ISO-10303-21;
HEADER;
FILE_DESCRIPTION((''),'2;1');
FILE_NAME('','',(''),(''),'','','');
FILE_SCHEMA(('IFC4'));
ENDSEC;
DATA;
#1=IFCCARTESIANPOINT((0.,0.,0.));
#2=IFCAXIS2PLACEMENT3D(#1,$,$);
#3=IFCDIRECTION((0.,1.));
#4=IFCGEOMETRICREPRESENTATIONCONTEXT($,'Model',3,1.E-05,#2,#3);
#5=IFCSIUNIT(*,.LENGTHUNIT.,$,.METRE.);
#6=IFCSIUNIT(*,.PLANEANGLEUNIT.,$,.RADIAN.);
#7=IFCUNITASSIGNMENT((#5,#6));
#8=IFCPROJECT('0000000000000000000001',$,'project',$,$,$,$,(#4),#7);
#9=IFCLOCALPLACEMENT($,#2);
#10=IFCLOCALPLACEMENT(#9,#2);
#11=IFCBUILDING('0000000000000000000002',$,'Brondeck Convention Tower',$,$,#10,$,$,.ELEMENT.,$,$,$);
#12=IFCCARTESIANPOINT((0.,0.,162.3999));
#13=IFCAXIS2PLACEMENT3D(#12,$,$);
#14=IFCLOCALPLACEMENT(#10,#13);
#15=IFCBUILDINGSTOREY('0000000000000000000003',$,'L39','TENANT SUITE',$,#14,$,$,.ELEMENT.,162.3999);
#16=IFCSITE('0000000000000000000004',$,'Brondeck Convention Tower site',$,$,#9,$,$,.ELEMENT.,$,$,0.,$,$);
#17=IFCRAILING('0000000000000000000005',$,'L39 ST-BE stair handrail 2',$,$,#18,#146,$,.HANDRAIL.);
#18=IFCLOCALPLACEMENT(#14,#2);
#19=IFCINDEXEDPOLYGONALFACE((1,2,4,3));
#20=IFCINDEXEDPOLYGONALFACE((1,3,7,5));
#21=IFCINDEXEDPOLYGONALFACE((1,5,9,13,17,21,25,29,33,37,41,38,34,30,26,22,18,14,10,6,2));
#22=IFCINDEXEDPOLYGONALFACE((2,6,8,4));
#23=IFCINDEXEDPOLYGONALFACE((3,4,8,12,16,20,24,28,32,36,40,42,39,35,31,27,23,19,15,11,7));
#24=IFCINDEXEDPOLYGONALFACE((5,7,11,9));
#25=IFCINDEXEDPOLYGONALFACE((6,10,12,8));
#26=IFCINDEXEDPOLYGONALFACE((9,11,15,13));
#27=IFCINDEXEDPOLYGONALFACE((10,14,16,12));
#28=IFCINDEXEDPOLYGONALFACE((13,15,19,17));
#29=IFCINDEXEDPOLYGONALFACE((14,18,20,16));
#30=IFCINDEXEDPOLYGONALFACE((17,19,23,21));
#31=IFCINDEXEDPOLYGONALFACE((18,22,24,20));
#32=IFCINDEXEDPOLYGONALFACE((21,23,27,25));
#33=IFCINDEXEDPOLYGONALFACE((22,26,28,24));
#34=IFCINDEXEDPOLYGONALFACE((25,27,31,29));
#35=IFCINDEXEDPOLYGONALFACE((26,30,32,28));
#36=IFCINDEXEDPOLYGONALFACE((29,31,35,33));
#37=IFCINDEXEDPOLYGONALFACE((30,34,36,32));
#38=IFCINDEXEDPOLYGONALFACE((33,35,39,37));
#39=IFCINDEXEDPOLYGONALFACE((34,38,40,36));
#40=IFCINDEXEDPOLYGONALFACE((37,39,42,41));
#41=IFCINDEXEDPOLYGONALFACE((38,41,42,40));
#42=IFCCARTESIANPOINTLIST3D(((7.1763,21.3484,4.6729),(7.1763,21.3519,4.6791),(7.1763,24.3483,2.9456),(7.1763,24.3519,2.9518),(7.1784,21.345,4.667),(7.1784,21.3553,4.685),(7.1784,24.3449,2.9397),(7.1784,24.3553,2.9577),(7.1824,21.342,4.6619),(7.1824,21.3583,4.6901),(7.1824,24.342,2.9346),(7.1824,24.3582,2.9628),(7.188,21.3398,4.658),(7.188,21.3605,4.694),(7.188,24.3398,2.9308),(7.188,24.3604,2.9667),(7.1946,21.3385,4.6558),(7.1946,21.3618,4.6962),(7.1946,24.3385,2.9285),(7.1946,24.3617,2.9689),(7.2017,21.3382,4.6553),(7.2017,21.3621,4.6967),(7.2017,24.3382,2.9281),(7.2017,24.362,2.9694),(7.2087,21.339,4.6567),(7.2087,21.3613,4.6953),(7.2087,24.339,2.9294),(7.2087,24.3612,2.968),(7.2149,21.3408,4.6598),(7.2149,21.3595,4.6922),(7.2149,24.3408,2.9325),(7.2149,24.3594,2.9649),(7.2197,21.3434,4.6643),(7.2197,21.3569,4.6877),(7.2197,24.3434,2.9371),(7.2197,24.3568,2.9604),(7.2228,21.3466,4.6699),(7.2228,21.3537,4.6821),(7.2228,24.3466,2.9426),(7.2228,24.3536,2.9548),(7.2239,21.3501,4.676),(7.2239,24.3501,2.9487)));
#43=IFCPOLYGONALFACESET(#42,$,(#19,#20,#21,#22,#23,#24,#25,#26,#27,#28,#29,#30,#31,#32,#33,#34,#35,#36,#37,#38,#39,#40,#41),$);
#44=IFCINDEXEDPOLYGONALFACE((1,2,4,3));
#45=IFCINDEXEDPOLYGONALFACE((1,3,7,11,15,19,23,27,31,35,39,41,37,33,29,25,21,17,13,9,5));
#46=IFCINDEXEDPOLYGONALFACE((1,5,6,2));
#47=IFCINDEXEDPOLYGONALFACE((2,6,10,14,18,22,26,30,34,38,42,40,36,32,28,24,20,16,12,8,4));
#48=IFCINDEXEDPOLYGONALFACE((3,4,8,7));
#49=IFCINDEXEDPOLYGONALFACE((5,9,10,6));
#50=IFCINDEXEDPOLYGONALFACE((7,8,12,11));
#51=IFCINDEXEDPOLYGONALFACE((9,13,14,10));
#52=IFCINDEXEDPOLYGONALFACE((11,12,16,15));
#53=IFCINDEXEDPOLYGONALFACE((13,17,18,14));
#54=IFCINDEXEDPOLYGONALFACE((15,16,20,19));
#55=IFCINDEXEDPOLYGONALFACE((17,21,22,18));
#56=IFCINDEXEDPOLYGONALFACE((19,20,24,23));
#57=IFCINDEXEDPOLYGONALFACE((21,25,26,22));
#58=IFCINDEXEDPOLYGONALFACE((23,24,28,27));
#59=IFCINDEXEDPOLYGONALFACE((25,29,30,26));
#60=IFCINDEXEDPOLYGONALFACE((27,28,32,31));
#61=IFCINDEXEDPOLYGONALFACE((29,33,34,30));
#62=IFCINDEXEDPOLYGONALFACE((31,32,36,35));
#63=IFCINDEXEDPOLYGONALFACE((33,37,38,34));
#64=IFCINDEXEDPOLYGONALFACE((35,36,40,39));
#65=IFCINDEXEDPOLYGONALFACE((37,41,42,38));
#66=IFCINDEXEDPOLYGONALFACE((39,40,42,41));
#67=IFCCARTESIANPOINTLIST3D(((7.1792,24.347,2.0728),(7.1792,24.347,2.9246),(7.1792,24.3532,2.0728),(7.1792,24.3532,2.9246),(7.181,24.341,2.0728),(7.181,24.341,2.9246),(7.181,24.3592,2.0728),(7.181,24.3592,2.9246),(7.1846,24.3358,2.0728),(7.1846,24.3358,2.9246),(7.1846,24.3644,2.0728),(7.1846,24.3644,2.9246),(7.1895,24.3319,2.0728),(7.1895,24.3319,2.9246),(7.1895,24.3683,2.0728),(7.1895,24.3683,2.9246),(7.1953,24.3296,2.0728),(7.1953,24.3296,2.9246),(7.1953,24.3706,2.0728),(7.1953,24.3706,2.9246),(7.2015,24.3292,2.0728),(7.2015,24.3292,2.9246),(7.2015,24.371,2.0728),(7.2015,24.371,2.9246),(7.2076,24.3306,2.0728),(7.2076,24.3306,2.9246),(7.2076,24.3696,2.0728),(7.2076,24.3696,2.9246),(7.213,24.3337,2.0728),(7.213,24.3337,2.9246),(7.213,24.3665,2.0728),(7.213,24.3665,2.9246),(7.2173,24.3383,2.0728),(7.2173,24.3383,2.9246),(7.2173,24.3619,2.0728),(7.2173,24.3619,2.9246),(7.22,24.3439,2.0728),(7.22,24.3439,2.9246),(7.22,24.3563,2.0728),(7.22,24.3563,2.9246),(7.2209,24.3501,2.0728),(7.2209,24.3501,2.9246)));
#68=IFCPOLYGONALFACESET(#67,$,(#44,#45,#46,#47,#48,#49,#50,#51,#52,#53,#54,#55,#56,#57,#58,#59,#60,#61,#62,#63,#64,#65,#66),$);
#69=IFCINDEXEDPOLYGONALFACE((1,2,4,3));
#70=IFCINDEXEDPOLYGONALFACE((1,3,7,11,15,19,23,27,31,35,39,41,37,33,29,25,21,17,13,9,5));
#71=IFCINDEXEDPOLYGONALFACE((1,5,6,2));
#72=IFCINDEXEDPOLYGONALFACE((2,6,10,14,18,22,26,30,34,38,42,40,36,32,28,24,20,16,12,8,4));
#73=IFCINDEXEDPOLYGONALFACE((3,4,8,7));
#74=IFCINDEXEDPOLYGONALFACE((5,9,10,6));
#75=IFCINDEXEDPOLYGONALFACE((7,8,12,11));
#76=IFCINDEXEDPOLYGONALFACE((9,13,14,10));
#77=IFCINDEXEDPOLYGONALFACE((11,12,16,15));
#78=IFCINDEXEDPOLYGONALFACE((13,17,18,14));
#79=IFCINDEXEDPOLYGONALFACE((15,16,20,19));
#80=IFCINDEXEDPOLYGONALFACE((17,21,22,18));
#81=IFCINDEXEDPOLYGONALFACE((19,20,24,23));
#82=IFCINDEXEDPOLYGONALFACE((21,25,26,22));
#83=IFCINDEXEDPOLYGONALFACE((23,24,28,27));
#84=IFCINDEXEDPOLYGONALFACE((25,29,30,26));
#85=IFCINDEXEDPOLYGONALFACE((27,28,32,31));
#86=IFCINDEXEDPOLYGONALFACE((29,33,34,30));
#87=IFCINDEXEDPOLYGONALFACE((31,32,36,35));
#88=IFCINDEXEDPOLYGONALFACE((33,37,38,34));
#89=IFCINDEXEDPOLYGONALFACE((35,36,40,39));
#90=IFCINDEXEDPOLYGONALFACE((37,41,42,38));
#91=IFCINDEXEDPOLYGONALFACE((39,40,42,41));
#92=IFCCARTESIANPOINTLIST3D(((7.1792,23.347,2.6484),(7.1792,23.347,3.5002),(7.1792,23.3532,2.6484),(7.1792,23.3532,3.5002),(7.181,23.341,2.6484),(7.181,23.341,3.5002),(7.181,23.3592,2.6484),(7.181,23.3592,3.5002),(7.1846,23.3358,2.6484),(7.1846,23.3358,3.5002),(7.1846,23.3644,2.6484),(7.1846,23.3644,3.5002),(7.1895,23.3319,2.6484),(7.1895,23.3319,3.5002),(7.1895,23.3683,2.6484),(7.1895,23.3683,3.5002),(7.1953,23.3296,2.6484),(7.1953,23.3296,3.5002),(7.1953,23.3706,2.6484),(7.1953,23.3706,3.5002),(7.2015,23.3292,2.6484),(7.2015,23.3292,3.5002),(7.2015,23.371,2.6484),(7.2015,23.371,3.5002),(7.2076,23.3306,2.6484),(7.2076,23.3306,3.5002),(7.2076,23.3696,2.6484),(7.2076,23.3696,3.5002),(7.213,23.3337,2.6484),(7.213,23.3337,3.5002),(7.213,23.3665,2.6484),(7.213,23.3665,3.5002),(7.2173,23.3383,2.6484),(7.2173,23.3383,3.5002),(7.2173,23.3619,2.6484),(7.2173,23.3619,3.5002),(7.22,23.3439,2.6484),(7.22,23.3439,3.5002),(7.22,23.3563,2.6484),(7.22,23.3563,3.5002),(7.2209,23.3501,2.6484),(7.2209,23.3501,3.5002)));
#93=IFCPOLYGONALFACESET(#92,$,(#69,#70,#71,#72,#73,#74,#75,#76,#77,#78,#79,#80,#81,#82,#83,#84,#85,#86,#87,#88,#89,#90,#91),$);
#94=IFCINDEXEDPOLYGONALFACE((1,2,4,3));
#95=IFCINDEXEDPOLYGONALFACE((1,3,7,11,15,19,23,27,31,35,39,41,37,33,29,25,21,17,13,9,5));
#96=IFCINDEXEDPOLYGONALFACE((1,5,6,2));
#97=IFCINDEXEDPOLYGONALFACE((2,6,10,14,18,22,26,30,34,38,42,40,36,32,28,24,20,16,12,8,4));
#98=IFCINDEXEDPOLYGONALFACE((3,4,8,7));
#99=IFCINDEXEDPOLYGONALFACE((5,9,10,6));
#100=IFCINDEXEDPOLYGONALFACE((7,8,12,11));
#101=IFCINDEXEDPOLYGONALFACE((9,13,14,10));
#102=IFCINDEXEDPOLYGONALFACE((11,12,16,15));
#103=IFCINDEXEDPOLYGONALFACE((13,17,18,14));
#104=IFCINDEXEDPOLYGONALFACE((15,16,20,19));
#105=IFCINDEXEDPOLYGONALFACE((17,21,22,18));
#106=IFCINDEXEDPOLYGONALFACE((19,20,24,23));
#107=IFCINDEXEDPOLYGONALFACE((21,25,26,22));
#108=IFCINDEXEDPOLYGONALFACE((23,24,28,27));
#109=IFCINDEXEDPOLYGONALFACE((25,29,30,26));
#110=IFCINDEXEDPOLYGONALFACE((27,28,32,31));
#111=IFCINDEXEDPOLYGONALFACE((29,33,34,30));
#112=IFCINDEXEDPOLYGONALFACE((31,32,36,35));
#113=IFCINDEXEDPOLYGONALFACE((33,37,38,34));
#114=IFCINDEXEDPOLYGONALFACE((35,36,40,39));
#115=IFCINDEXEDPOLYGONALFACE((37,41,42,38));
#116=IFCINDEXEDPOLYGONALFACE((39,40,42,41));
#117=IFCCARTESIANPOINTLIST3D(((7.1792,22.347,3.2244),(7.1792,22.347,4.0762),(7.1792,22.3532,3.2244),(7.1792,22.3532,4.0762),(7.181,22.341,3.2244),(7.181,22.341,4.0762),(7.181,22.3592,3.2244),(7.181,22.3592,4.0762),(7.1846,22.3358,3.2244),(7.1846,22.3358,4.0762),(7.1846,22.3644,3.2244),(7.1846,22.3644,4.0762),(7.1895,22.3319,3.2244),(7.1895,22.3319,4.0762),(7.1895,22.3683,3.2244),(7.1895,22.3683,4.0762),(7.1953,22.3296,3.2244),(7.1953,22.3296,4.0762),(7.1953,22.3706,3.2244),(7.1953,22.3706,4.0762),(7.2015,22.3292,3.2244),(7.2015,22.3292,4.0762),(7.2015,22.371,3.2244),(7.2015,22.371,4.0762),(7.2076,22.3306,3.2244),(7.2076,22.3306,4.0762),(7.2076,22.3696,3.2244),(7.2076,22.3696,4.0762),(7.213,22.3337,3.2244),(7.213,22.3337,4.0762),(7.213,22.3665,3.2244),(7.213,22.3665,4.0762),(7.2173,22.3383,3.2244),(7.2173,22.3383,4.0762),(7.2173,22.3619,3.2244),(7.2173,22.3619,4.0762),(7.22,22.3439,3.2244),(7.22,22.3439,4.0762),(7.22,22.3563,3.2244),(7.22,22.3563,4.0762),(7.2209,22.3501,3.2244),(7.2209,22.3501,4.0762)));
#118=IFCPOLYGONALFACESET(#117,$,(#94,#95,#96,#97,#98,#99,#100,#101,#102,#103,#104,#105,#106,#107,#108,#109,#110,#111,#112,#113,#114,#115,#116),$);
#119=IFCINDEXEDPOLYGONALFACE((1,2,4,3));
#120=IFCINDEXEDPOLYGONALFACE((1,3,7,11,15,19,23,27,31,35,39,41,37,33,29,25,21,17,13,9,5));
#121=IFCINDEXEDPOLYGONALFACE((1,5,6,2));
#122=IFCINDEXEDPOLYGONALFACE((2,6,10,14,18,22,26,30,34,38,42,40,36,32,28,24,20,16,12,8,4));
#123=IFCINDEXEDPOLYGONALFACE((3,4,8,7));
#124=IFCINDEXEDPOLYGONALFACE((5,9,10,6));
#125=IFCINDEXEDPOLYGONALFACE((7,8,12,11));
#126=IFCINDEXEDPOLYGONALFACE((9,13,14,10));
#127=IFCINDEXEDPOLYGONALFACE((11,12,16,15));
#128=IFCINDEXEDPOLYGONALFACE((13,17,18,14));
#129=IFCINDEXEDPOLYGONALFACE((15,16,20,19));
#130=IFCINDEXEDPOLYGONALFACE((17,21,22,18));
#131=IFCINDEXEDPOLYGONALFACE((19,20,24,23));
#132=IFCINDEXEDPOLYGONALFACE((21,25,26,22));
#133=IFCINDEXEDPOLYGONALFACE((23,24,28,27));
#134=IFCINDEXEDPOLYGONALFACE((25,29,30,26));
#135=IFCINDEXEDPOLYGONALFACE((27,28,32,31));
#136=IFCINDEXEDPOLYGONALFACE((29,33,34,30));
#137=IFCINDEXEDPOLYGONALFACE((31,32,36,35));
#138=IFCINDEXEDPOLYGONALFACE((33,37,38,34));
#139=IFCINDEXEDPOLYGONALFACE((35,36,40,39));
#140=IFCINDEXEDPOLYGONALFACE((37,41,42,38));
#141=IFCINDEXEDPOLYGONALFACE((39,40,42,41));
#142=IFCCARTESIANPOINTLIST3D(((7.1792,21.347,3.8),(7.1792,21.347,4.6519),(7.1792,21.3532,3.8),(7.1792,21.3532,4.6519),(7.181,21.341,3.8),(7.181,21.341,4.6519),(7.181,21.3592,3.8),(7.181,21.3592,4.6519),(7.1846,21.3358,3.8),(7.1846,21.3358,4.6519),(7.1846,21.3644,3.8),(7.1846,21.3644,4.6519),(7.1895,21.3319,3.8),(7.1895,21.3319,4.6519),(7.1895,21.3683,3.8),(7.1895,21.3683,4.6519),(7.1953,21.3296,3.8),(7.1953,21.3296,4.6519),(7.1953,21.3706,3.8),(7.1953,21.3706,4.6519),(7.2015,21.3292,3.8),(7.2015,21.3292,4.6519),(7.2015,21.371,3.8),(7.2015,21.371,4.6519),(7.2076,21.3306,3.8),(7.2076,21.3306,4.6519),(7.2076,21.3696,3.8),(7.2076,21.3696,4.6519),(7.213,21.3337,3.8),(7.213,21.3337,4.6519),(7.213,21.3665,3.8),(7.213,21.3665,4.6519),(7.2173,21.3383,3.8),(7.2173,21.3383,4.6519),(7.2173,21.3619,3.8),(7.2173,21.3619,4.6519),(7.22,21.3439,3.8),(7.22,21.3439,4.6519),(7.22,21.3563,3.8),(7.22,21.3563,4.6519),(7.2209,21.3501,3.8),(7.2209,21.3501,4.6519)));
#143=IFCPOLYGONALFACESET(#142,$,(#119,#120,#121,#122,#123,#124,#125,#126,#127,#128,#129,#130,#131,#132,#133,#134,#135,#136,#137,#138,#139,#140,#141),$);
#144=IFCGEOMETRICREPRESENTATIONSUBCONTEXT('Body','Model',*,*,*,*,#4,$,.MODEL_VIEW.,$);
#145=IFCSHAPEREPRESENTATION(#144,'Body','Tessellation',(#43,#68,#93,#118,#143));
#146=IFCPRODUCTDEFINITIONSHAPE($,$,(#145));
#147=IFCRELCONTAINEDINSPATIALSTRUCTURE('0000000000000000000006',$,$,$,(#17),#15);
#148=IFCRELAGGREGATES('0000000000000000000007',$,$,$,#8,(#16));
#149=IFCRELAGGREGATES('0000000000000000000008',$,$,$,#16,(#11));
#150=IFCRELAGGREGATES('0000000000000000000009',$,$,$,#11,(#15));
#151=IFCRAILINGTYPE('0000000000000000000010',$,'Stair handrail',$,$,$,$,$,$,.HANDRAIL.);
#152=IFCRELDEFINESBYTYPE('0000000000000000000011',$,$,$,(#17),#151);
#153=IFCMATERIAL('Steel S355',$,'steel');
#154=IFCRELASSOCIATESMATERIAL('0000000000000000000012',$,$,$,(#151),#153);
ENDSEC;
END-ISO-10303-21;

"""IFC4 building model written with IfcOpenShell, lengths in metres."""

from ifc_helpers import new_model, si_unit, direction, frame, origin, origin_2d, place, context, subcontext, project, spatial, circle, extrude, material, type_object, element, save


model = new_model("IFC4")

# Units and contexts
model_context = context("Model", 3, precision=1e-05, world=origin(), true_north=direction((0.0, 1.0)))
body_context = subcontext(model_context, "Body", "Model", "MODEL_VIEW")
ifc_project = project(units=[si_unit("LENGTHUNIT", "METRE"), si_unit("PLANEANGLEUNIT", "RADIAN")], contexts=[model_context])

# Site, building, storey
site_placement = place(None, origin())
site = spatial("IfcSite", under=ifc_project, at=site_placement, Name="Brondeck Convention Tower site", CompositionType="ELEMENT", RefElevation=0.0)
building_placement = place(site_placement, origin())
building = spatial("IfcBuilding", under=site, at=building_placement, Name="Brondeck Convention Tower", CompositionType="ELEMENT")
storey_placement = place(building_placement, frame((0.0, 0.0, 162.3999)))
storey = spatial("IfcBuildingStorey", under=building, at=storey_placement, Name="L39", Description="TENANT SUITE", CompositionType="ELEMENT", Elevation=162.3999)

# Shared definitions
ifc_material_1 = material(Name="Steel S355", Category="steel")

# Railing
railing_type_1 = type_object("IfcRailingType", Name="Stair handrail", PredefinedType="HANDRAIL", material=ifc_material_1)
railing_1_placement = place(storey_placement, frame((7.2, 24.3501, 2.0728)))
element("IfcRailing", 1, at=railing_1_placement, inside=storey, type_object=railing_type_1, Name="L39 ST-BE stair handrail 2", PredefinedType="HANDRAIL", context=body_context, shape_type="SweptSolid", body=[
    extrude(circle(Radius=0.0239, at=origin_2d()), frame((0.0, 0.0, 0.876), z_axis=(0.0, -0.86662, 0.498969), x_axis=(1.0, 0.0, 0.0)), (0.0, 0.0, 1.0), 3.4617),
    extrude(circle(Radius=0.021, at=origin_2d()), origin(), (0.0, 0.0, 1.0), 0.8518),
    extrude(circle(Radius=0.021, at=origin_2d()), frame((0.0, -1.0, 0.5757)), (0.0, 0.0, 1.0), 0.8518),
    extrude(circle(Radius=0.021, at=origin_2d()), frame((0.0, -2.0, 1.1516)), (0.0, 0.0, 1.0), 0.8518),
    extrude(circle(Radius=0.021, at=origin_2d()), frame((0.0, -3.0, 1.7273)), (0.0, 0.0, 1.0), 0.8518),
])

save(model, "model.ifc")
